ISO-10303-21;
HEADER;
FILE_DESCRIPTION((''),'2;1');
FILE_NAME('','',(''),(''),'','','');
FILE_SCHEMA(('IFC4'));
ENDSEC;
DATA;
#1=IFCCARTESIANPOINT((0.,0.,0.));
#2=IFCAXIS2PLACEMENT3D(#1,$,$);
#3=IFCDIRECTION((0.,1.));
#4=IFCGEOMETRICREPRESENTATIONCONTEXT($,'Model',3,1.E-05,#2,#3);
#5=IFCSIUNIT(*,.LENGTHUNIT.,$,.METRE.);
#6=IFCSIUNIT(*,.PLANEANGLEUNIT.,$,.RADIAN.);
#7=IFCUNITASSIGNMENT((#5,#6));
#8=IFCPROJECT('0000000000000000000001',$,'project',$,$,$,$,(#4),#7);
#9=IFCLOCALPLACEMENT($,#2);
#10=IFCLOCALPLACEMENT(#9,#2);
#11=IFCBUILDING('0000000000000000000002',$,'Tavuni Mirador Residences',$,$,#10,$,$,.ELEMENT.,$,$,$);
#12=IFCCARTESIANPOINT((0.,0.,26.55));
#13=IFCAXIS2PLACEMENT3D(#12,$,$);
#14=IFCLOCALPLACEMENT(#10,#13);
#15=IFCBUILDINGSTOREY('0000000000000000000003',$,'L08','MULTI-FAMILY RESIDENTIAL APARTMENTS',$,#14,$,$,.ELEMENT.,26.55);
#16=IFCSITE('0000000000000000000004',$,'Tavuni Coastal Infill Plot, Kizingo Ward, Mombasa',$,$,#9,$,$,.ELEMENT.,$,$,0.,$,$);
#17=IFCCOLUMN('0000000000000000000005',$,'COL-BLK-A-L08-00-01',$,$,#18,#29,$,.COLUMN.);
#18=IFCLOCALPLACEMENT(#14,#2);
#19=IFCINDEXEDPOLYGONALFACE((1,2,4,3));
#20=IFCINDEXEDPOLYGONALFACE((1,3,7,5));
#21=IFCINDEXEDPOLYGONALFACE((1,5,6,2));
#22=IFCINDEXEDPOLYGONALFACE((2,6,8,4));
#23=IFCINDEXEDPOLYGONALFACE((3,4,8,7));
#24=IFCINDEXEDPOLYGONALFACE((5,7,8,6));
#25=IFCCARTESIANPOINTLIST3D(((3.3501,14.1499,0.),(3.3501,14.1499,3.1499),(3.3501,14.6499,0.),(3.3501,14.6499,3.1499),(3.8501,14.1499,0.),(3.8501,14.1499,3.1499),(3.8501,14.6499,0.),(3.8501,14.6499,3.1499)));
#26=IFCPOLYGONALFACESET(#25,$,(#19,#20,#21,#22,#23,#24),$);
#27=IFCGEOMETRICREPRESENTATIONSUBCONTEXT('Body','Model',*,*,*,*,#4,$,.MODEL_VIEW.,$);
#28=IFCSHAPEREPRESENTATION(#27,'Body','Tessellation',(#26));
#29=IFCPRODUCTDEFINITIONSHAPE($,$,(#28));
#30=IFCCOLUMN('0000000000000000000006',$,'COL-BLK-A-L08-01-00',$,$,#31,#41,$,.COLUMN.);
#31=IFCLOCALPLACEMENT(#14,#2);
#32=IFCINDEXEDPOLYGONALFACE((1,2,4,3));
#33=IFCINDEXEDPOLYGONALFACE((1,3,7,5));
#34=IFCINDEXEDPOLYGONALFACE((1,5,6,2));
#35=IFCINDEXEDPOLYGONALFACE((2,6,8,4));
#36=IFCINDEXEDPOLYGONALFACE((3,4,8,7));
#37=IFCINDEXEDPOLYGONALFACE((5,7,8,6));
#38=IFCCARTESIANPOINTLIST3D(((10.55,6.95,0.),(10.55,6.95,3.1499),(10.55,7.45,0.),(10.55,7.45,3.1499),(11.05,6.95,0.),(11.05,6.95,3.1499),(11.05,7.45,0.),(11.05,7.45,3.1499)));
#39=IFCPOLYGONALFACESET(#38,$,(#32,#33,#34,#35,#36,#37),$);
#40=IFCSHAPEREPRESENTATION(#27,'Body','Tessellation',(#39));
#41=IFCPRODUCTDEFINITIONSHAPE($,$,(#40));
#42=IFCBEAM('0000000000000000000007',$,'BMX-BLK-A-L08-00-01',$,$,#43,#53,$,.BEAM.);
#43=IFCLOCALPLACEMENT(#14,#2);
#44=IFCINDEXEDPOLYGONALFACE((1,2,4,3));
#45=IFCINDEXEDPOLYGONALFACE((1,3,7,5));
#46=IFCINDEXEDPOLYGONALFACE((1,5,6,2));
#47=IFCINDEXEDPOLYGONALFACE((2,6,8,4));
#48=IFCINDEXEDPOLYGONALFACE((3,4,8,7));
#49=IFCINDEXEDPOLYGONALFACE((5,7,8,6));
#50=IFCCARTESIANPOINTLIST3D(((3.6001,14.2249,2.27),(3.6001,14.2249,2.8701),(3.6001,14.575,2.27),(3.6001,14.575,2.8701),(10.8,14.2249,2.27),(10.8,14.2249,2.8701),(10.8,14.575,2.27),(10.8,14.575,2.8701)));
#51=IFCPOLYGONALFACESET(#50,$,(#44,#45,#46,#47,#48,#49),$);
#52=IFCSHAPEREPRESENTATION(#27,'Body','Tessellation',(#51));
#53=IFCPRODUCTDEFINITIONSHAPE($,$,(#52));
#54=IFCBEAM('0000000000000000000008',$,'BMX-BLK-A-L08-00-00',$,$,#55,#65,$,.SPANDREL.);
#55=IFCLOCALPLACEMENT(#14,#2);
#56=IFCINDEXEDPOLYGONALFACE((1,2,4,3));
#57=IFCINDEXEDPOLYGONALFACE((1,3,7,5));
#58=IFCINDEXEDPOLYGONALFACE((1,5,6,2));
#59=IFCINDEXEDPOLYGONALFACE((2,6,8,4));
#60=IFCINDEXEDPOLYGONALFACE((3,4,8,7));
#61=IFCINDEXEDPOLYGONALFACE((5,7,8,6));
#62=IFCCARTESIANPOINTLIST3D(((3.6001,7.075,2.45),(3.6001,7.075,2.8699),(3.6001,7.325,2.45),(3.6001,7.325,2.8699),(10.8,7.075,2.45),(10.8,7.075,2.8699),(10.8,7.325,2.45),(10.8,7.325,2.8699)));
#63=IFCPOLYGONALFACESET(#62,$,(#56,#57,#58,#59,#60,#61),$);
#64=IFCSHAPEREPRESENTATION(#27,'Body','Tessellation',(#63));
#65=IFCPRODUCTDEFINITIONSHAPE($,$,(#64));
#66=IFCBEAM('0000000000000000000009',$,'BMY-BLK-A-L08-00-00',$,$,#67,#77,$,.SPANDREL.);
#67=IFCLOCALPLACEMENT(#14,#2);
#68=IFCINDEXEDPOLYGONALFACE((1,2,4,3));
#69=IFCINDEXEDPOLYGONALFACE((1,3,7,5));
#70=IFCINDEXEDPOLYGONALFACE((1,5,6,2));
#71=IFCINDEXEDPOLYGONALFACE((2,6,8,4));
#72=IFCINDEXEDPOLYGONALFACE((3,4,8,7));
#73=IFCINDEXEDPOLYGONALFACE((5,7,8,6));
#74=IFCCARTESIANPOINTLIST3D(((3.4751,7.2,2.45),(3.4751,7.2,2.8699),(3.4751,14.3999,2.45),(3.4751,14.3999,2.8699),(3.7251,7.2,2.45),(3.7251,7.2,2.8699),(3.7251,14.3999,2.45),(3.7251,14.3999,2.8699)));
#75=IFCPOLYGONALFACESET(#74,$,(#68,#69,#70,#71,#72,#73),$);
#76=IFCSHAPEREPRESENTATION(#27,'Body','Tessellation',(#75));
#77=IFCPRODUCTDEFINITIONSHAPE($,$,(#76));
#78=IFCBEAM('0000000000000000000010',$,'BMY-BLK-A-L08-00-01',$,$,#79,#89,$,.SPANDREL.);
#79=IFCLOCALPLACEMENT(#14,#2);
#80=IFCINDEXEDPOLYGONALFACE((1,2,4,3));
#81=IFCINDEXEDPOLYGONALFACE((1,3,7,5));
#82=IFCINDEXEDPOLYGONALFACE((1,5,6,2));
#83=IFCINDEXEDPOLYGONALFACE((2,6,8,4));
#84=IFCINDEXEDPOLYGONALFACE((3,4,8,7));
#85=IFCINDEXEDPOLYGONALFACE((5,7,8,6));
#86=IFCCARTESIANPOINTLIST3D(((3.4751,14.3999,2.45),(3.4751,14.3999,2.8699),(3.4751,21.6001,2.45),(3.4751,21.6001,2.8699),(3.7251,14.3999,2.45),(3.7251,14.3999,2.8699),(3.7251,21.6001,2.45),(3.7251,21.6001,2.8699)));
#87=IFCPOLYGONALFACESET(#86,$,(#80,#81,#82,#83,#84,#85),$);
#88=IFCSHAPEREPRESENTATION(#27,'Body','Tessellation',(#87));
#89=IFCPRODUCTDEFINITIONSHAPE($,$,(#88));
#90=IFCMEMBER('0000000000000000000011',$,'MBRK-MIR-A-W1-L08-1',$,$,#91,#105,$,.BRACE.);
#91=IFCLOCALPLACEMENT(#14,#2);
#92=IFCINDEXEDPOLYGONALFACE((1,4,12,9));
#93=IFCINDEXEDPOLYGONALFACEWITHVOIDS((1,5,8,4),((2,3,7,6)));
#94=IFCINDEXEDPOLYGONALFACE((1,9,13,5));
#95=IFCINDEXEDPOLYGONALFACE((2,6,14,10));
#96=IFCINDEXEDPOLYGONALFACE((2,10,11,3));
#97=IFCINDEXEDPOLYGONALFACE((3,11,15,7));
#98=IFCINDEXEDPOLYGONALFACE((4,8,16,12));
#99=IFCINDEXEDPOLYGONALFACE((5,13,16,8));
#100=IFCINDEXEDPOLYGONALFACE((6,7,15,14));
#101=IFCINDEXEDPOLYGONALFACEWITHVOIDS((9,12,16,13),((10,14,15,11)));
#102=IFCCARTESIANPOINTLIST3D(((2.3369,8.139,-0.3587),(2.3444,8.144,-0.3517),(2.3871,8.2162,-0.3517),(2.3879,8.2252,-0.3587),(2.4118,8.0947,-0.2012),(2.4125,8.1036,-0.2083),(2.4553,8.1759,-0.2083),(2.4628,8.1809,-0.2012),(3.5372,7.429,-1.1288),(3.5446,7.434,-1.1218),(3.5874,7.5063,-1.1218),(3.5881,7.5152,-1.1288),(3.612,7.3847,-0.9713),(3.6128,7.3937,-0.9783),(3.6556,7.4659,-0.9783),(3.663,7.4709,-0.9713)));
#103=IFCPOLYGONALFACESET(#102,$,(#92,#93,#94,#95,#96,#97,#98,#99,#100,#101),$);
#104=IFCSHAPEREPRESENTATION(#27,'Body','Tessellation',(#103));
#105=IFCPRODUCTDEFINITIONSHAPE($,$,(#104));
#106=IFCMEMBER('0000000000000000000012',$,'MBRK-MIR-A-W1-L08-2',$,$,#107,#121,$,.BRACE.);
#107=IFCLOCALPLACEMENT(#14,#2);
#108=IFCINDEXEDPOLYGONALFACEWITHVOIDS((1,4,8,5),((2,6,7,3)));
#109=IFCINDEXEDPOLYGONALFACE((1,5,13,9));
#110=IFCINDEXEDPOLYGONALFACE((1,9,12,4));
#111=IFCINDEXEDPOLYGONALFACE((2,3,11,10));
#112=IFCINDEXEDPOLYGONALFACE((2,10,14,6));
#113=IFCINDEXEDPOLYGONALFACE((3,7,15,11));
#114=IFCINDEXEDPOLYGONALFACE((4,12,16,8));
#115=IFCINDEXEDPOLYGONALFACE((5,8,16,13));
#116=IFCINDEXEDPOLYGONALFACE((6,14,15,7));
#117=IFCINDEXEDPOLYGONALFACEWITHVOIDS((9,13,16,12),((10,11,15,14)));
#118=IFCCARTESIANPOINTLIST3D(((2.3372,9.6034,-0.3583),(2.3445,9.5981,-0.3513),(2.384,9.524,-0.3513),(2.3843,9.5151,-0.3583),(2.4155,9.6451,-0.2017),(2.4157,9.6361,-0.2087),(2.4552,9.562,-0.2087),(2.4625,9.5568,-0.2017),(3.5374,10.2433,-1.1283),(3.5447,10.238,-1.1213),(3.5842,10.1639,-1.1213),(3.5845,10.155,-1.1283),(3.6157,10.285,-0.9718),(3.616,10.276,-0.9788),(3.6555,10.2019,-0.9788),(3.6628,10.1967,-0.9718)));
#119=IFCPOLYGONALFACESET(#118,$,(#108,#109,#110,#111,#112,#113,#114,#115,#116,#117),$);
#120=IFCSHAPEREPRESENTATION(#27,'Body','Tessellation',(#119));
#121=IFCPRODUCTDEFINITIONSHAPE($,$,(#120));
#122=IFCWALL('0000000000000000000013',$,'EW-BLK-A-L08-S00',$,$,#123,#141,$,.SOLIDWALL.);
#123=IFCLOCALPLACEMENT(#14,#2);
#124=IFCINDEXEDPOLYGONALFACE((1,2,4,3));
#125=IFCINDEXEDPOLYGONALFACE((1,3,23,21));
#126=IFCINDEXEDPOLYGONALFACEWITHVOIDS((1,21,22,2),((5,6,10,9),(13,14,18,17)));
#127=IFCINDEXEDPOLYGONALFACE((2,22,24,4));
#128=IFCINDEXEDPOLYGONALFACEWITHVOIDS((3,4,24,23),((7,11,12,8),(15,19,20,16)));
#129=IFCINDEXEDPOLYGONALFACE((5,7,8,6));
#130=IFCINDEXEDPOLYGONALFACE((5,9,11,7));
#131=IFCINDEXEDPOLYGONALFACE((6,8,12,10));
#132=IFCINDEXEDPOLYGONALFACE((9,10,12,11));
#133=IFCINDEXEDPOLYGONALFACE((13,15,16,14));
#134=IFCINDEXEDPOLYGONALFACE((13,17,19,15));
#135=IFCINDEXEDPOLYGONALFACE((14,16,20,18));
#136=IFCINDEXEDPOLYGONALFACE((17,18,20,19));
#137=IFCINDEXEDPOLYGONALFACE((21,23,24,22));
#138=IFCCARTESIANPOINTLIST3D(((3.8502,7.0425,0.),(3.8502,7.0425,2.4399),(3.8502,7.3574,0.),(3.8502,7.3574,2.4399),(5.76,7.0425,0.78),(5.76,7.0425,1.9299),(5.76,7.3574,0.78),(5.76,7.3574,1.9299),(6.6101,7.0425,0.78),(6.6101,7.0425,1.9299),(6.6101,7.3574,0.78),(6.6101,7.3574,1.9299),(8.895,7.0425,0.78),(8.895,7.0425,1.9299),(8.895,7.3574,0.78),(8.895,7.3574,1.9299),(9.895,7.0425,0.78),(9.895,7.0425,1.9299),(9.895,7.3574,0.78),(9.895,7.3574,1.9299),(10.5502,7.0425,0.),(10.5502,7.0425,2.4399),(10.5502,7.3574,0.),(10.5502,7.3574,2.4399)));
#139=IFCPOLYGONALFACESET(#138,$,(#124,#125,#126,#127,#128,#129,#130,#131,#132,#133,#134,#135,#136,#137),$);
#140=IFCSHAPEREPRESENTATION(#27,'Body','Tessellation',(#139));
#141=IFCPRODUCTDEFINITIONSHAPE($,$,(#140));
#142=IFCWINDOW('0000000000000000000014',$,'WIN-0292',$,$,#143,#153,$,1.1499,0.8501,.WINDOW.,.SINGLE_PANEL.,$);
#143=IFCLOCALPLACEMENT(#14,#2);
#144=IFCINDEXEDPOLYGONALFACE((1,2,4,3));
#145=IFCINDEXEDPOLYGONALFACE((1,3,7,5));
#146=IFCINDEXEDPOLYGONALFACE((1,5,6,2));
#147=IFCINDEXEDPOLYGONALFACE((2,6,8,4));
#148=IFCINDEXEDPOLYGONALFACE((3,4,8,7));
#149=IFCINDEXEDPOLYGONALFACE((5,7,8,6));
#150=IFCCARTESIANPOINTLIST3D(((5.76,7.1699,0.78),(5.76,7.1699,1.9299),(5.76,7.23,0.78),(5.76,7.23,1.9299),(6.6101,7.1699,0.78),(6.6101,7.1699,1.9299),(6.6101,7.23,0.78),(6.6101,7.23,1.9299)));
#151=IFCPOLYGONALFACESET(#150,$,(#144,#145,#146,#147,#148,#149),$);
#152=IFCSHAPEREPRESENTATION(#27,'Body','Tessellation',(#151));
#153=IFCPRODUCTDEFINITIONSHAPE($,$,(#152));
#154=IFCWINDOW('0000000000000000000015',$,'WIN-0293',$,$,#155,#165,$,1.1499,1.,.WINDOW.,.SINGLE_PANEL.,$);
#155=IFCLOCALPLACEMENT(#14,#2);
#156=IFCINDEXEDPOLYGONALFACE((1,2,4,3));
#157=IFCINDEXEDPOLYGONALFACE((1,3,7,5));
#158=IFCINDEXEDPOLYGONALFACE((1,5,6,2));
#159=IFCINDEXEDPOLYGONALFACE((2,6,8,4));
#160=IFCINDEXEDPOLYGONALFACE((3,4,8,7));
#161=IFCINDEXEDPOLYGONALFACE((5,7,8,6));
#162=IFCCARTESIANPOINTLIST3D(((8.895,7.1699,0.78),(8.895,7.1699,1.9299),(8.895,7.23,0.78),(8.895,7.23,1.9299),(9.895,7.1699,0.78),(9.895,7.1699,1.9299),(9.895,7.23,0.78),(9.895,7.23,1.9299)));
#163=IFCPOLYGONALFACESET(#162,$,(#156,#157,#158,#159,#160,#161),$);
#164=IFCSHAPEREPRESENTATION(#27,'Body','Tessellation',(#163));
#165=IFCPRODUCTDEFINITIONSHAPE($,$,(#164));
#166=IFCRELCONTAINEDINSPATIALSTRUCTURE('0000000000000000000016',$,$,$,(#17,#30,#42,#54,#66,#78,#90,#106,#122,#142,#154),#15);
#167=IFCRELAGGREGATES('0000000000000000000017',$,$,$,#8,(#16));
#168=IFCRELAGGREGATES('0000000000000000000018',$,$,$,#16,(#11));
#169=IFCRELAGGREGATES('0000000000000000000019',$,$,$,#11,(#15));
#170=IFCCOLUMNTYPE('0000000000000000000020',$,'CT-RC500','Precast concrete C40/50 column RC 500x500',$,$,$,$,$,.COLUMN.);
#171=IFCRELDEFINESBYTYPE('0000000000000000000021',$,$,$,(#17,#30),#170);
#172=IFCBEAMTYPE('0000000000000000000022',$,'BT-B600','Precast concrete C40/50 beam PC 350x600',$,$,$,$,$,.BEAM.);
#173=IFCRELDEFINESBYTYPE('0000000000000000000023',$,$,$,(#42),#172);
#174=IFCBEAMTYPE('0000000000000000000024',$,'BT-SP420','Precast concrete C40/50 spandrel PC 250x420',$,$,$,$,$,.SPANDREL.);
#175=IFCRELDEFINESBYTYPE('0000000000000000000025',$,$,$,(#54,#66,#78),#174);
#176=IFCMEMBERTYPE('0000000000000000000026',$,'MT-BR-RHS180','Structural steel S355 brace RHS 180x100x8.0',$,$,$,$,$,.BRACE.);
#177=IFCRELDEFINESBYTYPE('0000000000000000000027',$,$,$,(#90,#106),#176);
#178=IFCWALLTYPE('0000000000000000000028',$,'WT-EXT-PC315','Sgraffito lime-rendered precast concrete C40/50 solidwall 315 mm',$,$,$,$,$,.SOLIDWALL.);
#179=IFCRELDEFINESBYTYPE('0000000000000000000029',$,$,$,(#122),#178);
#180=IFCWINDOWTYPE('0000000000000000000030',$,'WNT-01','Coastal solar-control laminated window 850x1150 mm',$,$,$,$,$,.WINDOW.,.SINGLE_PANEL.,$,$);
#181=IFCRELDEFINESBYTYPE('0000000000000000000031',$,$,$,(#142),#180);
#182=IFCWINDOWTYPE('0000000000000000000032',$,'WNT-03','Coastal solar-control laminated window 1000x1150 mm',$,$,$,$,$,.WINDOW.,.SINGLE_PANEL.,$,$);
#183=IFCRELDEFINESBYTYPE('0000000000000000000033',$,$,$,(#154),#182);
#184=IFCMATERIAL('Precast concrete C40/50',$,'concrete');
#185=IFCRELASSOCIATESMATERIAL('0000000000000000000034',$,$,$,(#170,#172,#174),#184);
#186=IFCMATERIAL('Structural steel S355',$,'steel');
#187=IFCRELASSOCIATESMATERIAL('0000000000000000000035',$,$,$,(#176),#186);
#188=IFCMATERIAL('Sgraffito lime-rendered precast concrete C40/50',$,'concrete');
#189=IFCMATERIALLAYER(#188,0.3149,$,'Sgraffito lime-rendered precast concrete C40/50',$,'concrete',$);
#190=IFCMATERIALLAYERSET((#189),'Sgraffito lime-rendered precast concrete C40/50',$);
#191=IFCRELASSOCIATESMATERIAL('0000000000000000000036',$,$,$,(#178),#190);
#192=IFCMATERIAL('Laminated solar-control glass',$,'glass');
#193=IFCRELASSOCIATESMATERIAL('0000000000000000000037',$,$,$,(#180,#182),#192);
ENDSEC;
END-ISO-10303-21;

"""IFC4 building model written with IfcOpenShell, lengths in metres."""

from ifc_helpers import new_model, si_unit, direction, frame, frame_2d, origin, origin_2d, place, context, subcontext, project, spatial, rectangle, hollow_rectangle, extrude, material, layer, layer_set, material_profile, profile_set, type_object, element, fill, save


model = new_model("IFC4")

# Units and contexts
model_context = context("Model", 3, precision=1e-05, world=origin(), true_north=direction((0.0, 1.0)))
body_context = subcontext(model_context, "Body", "Model", "MODEL_VIEW")
ifc_project = project(units=[si_unit("LENGTHUNIT", "METRE"), si_unit("PLANEANGLEUNIT", "RADIAN")], contexts=[model_context])

# Site, building, storey
site_placement = place(None, origin())
site = spatial("IfcSite", under=ifc_project, at=site_placement, Name="Tavuni Coastal Infill Plot, Kizingo Ward, Mombasa", CompositionType="ELEMENT", RefElevation=0.0)
building_placement = place(site_placement, origin())
building = spatial("IfcBuilding", under=site, at=building_placement, Name="Tavuni Mirador Residences", CompositionType="ELEMENT")
storey_placement = place(building_placement, frame((0.0, 0.0, 26.55)))
storey = spatial("IfcBuildingStorey", under=building, at=storey_placement, Name="L08", Description="MULTI-FAMILY RESIDENTIAL APARTMENTS", CompositionType="ELEMENT", Elevation=26.55)

# Columns
ifc_material_1 = material(Name="Precast concrete C40/50", Category="concrete")
ifc_material_profile_1 = material_profile(ifc_material_1, rectangle(XDim=0.5, YDim=0.5, at=origin_2d()), Name="RC 500x500", Category="concrete")
ifc_profile_set_1 = profile_set([ifc_material_profile_1], Name="Precast concrete C40/50")
column_type = type_object("IfcColumnType", Name="CT-RC500", Description="Precast concrete C40/50 column RC 500x500", PredefinedType="COLUMN", material=ifc_profile_set_1)
for number, where, z_axis, x_axis, name in (
    (1, (3.6001, 14.3999, 0.0), (0.0, 0.0, 1.0), (1.0, 0.0, 0.0), "COL-BLK-A-L08-00-01"),
    (2, (10.8, 7.2, 0.0), (0.0, 0.0, 1.0), (1.0, 0.0, 0.0), "COL-BLK-A-L08-01-00"),
):
    element("IfcColumn", number, at=place(storey_placement, frame(where, z_axis=z_axis, x_axis=x_axis)), inside=storey, type_object=column_type, Name=name, PredefinedType="COLUMN", context=body_context, shape_type="SweptSolid", body=[
        extrude(rectangle(XDim=0.5, YDim=0.5, at=origin_2d()), origin(), (0.0, 0.0, 1.0), 3.1499),
    ])

# Beams
ifc_material_profile_2 = material_profile(ifc_material_1, rectangle(XDim=0.3501, YDim=0.6001, at=origin_2d()), Name="PC 350x600", Category="concrete")
ifc_profile_set_2 = profile_set([ifc_material_profile_2], Name="Precast concrete C40/50")
beam_type_1 = type_object("IfcBeamType", Name="BT-B600", Description="Precast concrete C40/50 beam PC 350x600", PredefinedType="BEAM", material=ifc_profile_set_2)
beam_1_placement = place(storey_placement, frame((3.6001, 14.3999, 2.5701), z_axis=(1.0, 0.0, 0.0), x_axis=(0.0, 1.0, 0.0)))
element("IfcBeam", 3, at=beam_1_placement, inside=storey, type_object=beam_type_1, Name="BMX-BLK-A-L08-00-01", PredefinedType="BEAM", context=body_context, shape_type="SweptSolid", body=[
    extrude(rectangle(XDim=0.3501, YDim=0.6001, at=origin_2d()), origin(), (0.0, 0.0, 1.0), 7.2),
])
ifc_material_profile_3 = material_profile(ifc_material_1, rectangle(XDim=0.25, YDim=0.4199, at=origin_2d()), Name="PC 250x420", Category="concrete")
ifc_profile_set_3 = profile_set([ifc_material_profile_3], Name="Precast concrete C40/50")
beam_type_2 = type_object("IfcBeamType", Name="BT-SP420", Description="Precast concrete C40/50 spandrel PC 250x420", PredefinedType="SPANDREL", material=ifc_profile_set_3)
for number, where, z_axis, x_axis, name in (
    (4, (3.6001, 7.2, 2.6599), (1.0, 0.0, 0.0), (0.0, 1.0, 0.0), "BMX-BLK-A-L08-00-00"),
    (5, (3.6001, 7.2, 2.6599), (0.0, 1.0, 0.0), (-1.0, 0.0, 0.0), "BMY-BLK-A-L08-00-00"),
):
    element("IfcBeam", number, at=place(storey_placement, frame(where, z_axis=z_axis, x_axis=x_axis)), inside=storey, type_object=beam_type_2, Name=name, PredefinedType="SPANDREL", context=body_context, shape_type="SweptSolid", body=[
        extrude(rectangle(XDim=0.25, YDim=0.4199, at=origin_2d()), origin(), (0.0, 0.0, 1.0), 7.2),
    ])
beam_2_placement = place(storey_placement, frame((3.6001, 14.3999, 2.6599), z_axis=(0.0, 1.0, 0.0), x_axis=(-1.0, 0.0, 0.0)))
element("IfcBeam", 6, at=beam_2_placement, inside=storey, type_object=beam_type_2, Name="BMY-BLK-A-L08-00-01", PredefinedType="SPANDREL", context=body_context, shape_type="SweptSolid", body=[
    extrude(rectangle(XDim=0.25, YDim=0.4199, at=origin_2d()), origin(), (0.0, 0.0, 1.0), 7.2002),
])

# Members
ifc_material_2 = material(Name="Structural steel S355", Category="steel")
ifc_material_profile_4 = material_profile(ifc_material_2, hollow_rectangle(XDim=0.1001, YDim=0.1799, WallThickness=0.0081, at=origin_2d()), Name="RHS 180x100x8.0", Category="steel")
ifc_profile_set_4 = profile_set([ifc_material_profile_4], Name="Structural steel S355")
member_type = type_object("IfcMemberType", Name="MT-BR-RHS180", Description="Structural steel S355 brace RHS 180x100x8.0", PredefinedType="BRACE", material=ifc_profile_set_4)
member_1_placement = place(storey_placement, frame((3.6001, 7.45, -1.05), z_axis=(-0.753449, 0.445693, 0.483397), x_axis=(-0.50913, -0.860689, 0.0)))
element("IfcMember", 7, at=member_1_placement, inside=storey, type_object=member_type, Name="MBRK-MIR-A-W1-L08-1", PredefinedType="BRACE", context=body_context, shape_type="SweptSolid", body=[
    extrude(hollow_rectangle(XDim=0.1001, YDim=0.1799, WallThickness=0.0081, at=origin_2d()), origin(), (0.0, 0.0, 1.0), 1.593),
])
member_2_placement = place(storey_placement, frame((3.6001, 10.22, -1.05), z_axis=(-0.767896, -0.409409, 0.492666), x_axis=(0.470467, -0.882418, 0.0)))
element("IfcMember", 8, at=member_2_placement, inside=storey, type_object=member_type, Name="MBRK-MIR-A-W1-L08-2", PredefinedType="BRACE", context=body_context, shape_type="SweptSolid", body=[
    extrude(hollow_rectangle(XDim=0.1001, YDim=0.1799, WallThickness=0.0081, at=origin_2d()), origin(), (0.0, 0.0, 1.0), 1.563),
])

# Wall, openings, windows
ifc_material_3 = material(Name="Sgraffito lime-rendered precast concrete C40/50", Category="concrete")
ifc_layer_1 = layer(ifc_material_3, 0.3149, Name="Sgraffito lime-rendered precast concrete C40/50", Category="concrete")
ifc_layer_set_1 = layer_set([ifc_layer_1], Name="Sgraffito lime-rendered precast concrete C40/50")
wall_type_1 = type_object("IfcWallType", Name="WT-EXT-PC315", Description="Sgraffito lime-rendered precast concrete C40/50 solidwall 315 mm", PredefinedType="SOLIDWALL", material=ifc_layer_set_1)
wall_1_placement = place(storey_placement, frame((3.8501, 7.2, 0.0), z_axis=(0.0, 0.0, 1.0), x_axis=(1.0, 0.0, 0.0)))
wall_1 = element("IfcWall", 9, at=wall_1_placement, inside=storey, type_object=wall_type_1, Name="EW-BLK-A-L08-S00", PredefinedType="SOLIDWALL", context=body_context, shape_type="SweptSolid", body=[
    extrude(rectangle(XDim=6.7, YDim=0.3149, at=frame_2d((3.3501, 0.0))), origin(), (0.0, 0.0, 1.0), 2.4399),
])
opening_1_placement = place(wall_1_placement, frame((1.9099, 0.0, 0.78)))
opening_1 = element("IfcOpeningElement", 10, at=opening_1_placement, cuts=wall_1, PredefinedType="OPENING", context=body_context, shape_type="SweptSolid", body=[
    extrude(rectangle(XDim=0.8501, YDim=1.1499, at=frame_2d((0.425, 0.575))), frame((0.0, 0.1675, 0.0), z_axis=(0.0, -1.0, 0.0), x_axis=(1.0, 0.0, 0.0)), (0.0, 0.0, 1.0), 0.335),
])
opening_2_placement = place(wall_1_placement, frame((5.0449, 0.0, 0.78)))
opening_2 = element("IfcOpeningElement", 11, at=opening_2_placement, cuts=wall_1, PredefinedType="OPENING", context=body_context, shape_type="SweptSolid", body=[
    extrude(rectangle(XDim=1.0, YDim=1.1499, at=frame_2d((0.5, 0.575))), frame((0.0, 0.1675, 0.0), z_axis=(0.0, -1.0, 0.0), x_axis=(1.0, 0.0, 0.0)), (0.0, 0.0, 1.0), 0.335),
])
ifc_material_4 = material(Name="Laminated solar-control glass", Category="glass")
window_type_1 = type_object("IfcWindowType", Name="WNT-01", Description="Coastal solar-control laminated window 850x1150 mm", PartitioningType="SINGLE_PANEL", PredefinedType="WINDOW", material=ifc_material_4)
window_1_placement = place(opening_1_placement, origin())
window_1 = element("IfcWindow", 12, at=window_1_placement, inside=storey, type_object=window_type_1, Name="WIN-0292", OverallHeight=1.1499, OverallWidth=0.8501, PartitioningType="SINGLE_PANEL", PredefinedType="WINDOW", context=body_context, shape_type="SweptSolid", body=[
    extrude(rectangle(XDim=0.8501, YDim=1.1499, at=frame_2d((0.425, 0.575))), frame((0.0, 0.03, 0.0), z_axis=(0.0, -1.0, 0.0), x_axis=(1.0, 0.0, 0.0)), (0.0, 0.0, 1.0), 0.0601),
])
fill(opening_1, window_1)
window_type_2 = type_object("IfcWindowType", Name="WNT-03", Description="Coastal solar-control laminated window 1000x1150 mm", PartitioningType="SINGLE_PANEL", PredefinedType="WINDOW", material=ifc_material_4)
window_2_placement = place(opening_2_placement, origin())
window_2 = element("IfcWindow", 13, at=window_2_placement, inside=storey, type_object=window_type_2, Name="WIN-0293", OverallHeight=1.1499, OverallWidth=1.0, PartitioningType="SINGLE_PANEL", PredefinedType="WINDOW", context=body_context, shape_type="SweptSolid", body=[
    extrude(rectangle(XDim=1.0, YDim=1.1499, at=frame_2d((0.5, 0.575))), frame((0.0, 0.03, 0.0), z_axis=(0.0, -1.0, 0.0), x_axis=(1.0, 0.0, 0.0)), (0.0, 0.0, 1.0), 0.0601),
])
fill(opening_2, window_2)

save(model, "model.ifc")
